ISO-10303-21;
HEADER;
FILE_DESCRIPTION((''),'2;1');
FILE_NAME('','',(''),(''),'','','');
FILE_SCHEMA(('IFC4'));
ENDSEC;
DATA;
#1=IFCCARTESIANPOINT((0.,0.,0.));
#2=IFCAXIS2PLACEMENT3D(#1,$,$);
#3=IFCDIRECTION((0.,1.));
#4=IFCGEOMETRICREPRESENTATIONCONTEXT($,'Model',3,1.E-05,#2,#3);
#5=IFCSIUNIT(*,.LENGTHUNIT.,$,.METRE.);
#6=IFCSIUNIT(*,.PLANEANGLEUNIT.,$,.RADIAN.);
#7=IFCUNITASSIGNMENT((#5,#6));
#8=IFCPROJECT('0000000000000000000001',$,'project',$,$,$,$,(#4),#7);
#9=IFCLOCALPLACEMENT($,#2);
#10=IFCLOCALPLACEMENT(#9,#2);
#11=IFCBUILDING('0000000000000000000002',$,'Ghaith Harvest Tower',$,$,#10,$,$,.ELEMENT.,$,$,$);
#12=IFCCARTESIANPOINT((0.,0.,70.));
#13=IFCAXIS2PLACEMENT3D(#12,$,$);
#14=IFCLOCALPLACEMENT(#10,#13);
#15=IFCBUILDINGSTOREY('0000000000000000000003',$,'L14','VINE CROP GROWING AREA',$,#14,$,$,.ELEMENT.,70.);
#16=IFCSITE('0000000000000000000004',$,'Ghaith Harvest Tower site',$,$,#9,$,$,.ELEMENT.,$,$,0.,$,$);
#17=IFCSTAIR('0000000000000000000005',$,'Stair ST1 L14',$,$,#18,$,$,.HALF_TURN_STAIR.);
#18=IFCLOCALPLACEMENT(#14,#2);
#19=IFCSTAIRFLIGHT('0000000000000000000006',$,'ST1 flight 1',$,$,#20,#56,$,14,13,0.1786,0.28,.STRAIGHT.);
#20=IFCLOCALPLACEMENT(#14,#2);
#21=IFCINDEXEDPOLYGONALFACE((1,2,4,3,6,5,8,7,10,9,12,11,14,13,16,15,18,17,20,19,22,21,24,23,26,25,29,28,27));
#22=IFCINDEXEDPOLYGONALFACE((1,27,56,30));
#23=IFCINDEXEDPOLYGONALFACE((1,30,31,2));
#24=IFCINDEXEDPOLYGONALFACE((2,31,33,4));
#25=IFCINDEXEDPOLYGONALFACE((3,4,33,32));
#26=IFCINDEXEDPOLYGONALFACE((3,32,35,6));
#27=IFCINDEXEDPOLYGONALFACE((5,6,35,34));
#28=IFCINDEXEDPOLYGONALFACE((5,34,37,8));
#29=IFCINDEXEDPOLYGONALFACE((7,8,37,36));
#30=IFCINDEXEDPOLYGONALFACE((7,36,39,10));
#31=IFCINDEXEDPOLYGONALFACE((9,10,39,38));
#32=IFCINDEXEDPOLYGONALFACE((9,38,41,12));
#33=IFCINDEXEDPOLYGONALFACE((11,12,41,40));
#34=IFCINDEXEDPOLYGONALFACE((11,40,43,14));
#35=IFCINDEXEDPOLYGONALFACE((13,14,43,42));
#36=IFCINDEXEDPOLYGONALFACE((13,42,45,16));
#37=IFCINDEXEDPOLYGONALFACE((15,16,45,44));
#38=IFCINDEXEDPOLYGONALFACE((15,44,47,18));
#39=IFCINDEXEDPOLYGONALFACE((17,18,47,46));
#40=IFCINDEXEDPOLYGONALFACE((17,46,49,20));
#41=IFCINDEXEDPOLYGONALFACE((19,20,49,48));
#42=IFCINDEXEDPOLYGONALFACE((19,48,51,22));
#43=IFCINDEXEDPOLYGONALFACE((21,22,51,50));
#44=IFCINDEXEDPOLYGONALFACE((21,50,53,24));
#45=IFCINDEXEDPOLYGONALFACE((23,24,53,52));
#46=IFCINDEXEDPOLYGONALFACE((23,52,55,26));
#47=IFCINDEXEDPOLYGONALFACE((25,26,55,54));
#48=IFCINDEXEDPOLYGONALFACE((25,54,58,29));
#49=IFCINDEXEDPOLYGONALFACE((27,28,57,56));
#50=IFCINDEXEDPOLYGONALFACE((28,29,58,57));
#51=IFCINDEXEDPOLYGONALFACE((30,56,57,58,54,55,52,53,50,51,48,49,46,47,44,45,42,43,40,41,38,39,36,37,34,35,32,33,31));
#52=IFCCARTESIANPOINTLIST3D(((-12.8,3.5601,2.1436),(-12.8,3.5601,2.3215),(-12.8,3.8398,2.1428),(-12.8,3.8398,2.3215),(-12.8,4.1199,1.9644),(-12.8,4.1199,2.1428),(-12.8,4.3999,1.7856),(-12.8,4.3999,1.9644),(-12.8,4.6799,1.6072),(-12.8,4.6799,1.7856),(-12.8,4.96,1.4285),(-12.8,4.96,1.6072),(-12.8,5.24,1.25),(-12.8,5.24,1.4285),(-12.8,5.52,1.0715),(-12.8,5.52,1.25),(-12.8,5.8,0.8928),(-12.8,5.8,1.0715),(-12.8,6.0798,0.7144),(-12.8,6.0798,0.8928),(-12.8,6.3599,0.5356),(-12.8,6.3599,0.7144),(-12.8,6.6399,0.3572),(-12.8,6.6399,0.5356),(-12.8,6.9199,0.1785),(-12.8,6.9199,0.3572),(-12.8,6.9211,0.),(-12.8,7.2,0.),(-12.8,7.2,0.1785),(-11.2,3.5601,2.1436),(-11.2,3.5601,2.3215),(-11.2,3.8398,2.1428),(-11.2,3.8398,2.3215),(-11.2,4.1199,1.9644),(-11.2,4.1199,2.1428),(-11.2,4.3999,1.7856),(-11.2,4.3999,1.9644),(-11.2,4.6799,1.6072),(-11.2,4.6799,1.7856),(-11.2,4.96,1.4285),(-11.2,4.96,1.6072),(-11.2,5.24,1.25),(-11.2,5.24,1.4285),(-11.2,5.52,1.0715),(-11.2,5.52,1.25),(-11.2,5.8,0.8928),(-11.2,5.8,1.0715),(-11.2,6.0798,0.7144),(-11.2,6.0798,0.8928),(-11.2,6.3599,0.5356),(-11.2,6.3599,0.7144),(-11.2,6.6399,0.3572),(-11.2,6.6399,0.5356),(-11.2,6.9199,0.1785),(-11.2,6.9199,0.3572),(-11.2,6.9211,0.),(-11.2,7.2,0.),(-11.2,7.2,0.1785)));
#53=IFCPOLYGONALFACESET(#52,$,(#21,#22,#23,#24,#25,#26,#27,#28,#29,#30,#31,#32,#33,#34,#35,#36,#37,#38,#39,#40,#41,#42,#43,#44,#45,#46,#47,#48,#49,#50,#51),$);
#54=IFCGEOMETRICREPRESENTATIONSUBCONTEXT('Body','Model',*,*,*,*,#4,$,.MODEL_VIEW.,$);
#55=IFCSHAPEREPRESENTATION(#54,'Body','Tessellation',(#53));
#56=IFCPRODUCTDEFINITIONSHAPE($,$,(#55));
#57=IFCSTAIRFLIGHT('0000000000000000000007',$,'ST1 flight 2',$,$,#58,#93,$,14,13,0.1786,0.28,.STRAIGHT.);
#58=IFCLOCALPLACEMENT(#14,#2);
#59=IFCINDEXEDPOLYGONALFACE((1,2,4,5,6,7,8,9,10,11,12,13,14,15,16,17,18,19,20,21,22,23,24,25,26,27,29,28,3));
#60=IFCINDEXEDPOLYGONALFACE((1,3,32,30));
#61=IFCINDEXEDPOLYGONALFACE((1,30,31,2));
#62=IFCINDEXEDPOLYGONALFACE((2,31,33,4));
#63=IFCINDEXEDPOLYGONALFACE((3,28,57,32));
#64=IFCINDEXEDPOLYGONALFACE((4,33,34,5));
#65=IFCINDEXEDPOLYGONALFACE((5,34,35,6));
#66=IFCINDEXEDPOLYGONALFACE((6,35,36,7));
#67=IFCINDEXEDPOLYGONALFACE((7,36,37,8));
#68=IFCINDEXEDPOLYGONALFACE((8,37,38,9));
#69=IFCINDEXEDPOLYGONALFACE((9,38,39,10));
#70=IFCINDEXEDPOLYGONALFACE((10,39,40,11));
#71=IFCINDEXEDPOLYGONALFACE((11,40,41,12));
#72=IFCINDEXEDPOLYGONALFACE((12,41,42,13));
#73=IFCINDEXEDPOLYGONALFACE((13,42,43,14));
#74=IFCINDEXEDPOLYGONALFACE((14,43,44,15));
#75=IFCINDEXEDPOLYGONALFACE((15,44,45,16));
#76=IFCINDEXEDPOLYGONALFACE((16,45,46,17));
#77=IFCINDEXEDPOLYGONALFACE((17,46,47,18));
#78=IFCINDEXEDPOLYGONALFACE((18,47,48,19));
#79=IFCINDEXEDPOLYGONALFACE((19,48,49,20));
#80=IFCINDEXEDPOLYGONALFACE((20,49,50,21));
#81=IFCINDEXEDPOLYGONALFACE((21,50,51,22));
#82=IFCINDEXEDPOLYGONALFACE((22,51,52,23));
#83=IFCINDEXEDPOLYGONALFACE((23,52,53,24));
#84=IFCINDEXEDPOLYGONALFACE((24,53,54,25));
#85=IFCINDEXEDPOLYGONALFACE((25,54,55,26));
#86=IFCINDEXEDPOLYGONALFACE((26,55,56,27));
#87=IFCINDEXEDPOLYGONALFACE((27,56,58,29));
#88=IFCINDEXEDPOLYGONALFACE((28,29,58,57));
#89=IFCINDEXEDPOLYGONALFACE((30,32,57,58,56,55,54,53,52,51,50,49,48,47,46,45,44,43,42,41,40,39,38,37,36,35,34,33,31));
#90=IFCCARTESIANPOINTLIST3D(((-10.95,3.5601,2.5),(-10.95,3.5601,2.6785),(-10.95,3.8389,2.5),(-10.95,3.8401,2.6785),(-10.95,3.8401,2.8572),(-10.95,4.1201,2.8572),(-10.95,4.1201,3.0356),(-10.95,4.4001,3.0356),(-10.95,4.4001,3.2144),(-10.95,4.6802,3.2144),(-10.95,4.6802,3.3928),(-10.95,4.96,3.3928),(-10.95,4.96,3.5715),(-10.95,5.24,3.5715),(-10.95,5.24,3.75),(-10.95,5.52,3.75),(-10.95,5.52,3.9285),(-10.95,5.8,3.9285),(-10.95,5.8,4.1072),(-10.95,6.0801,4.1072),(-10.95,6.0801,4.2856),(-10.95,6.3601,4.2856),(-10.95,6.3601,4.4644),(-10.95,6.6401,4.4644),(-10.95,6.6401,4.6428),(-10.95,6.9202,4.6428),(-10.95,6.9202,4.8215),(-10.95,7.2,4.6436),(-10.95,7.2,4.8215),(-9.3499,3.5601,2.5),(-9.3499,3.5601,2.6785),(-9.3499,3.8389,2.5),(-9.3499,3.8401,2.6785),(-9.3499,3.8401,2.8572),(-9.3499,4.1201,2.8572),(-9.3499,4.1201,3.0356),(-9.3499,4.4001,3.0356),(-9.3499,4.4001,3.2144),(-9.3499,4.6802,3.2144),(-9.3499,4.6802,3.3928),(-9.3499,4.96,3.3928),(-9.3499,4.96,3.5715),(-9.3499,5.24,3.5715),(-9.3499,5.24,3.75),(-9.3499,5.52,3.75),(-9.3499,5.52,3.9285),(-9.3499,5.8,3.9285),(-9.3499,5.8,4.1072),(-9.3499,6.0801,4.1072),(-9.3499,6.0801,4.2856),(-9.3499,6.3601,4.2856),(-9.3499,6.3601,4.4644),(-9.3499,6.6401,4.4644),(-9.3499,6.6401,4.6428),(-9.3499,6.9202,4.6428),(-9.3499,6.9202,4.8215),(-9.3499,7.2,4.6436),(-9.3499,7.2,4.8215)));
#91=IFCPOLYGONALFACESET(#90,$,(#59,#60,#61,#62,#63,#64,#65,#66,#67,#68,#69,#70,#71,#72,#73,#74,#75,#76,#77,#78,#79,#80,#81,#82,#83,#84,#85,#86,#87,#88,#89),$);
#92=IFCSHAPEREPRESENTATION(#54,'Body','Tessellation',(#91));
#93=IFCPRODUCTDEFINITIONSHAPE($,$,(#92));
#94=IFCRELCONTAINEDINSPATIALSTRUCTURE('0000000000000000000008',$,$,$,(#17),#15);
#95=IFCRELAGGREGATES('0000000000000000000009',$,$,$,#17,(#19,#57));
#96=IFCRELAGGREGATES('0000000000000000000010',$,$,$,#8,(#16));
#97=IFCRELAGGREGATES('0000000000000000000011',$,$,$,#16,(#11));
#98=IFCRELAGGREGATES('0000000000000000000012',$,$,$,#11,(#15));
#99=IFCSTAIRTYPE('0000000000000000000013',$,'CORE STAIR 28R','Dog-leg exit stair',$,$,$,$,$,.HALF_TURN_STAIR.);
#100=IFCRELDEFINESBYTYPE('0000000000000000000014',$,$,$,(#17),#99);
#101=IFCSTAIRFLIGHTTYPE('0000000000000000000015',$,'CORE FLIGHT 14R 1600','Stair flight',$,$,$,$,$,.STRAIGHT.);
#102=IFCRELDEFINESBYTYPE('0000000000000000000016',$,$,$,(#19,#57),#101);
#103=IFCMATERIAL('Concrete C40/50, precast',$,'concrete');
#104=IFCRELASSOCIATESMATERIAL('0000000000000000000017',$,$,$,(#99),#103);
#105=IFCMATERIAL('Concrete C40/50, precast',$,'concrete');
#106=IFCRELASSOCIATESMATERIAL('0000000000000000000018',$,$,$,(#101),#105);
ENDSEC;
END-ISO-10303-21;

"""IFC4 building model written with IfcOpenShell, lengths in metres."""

from ifc_helpers import new_model, si_unit, direction, frame, origin, place, context, subcontext, project, spatial, polyline, outline, extrude, material, type_object, element, aggregate, save


model = new_model("IFC4")

# Units and contexts
model_context = context("Model", 3, precision=1e-05, world=origin(), true_north=direction((0.0, 1.0)))
body_context = subcontext(model_context, "Body", "Model", "MODEL_VIEW")
ifc_project = project(units=[si_unit("LENGTHUNIT", "METRE"), si_unit("PLANEANGLEUNIT", "RADIAN")], contexts=[model_context])

# Site, building, storey
site_placement = place(None, origin())
site = spatial("IfcSite", under=ifc_project, at=site_placement, Name="Ghaith Harvest Tower site", CompositionType="ELEMENT", RefElevation=0.0)
building_placement = place(site_placement, origin())
building = spatial("IfcBuilding", under=site, at=building_placement, Name="Ghaith Harvest Tower", CompositionType="ELEMENT")
storey_placement = place(building_placement, frame((0.0, 0.0, 70.0)))
storey = spatial("IfcBuildingStorey", under=building, at=storey_placement, Name="L14", Description="VINE CROP GROWING AREA", CompositionType="ELEMENT", Elevation=70.0)

# Stair, stair flights
ifc_material_1 = material(Name="Concrete C40/50, precast", Category="concrete")
stair_type = type_object("IfcStairType", Name="CORE STAIR 28R", Description="Dog-leg exit stair", PredefinedType="HALF_TURN_STAIR", material=ifc_material_1)
stair_placement = place(storey_placement, origin())
stair = element("IfcStair", 1, at=stair_placement, inside=storey, type_object=stair_type, Name="Stair ST1 L14", PredefinedType="HALF_TURN_STAIR")
ifc_material_2 = material(Name="Concrete C40/50, precast", Category="concrete")
stair_flight_type = type_object("IfcStairFlightType", Name="CORE FLIGHT 14R 1600", Description="Stair flight", PredefinedType="STRAIGHT", material=ifc_material_2)
stair_flight_1_placement = place(storey_placement, frame((-12.0, 7.2, 0.0), z_axis=(0.0, 0.0, 1.0), x_axis=(0.0, -1.0, 0.0)))
stair_flight_1 = element("IfcStairFlight", 2, at=stair_flight_1_placement, type_object=stair_flight_type, Name="ST1 flight 1", NumberOfRisers=14, NumberOfTreads=13, PredefinedType="STRAIGHT", RiserHeight=0.1786, TreadLength=0.28, context=body_context, shape_type="SweptSolid", body=[
    extrude(outline(polyline([(0.0, 0.0), (0.0, 0.1785), (0.28, 0.1785), (0.28, 0.3572), (0.5601, 0.3572), (0.5601, 0.5356), (0.8401, 0.5356), (0.8401, 0.7144), (1.1201, 0.7144), (1.1201, 0.8928), (1.3999, 0.8928), (1.3999, 1.0715), (1.6799, 1.0715), (1.6799, 1.25), (1.96, 1.25), (1.96, 1.4285), (2.24, 1.4285), (2.24, 1.6072), (2.52, 1.6072), (2.52, 1.7856), (2.8, 1.7856), (2.8, 1.9644), (3.0801, 1.9644), (3.0801, 2.1428), (3.3601, 2.1428), (3.3601, 2.3215), (3.6399, 2.3215), (3.6399, 2.5), (3.6399, 2.1436), (0.2788, 0.0), (0.0, 0.0)])), frame((0.0, 0.8, 0.0), z_axis=(0.0, -1.0, 0.0), x_axis=(1.0, 0.0, 0.0)), (0.0, 0.0, 1.0), 1.6001),
])
stair_flight_2_placement = place(storey_placement, frame((-10.1499, 3.5601, 2.5), z_axis=(0.0, 0.0, 1.0), x_axis=(0.0, 1.0, 0.0)))
stair_flight_2 = element("IfcStairFlight", 3, at=stair_flight_2_placement, type_object=stair_flight_type, Name="ST1 flight 2", NumberOfRisers=14, NumberOfTreads=13, PredefinedType="STRAIGHT", RiserHeight=0.1786, TreadLength=0.28, context=body_context, shape_type="SweptSolid", body=[
    extrude(outline(polyline([(0.0, 0.0), (0.0, 0.1785), (0.28, 0.1785), (0.28, 0.3572), (0.5601, 0.3572), (0.5601, 0.5356), (0.8401, 0.5356), (0.8401, 0.7144), (1.1201, 0.7144), (1.1201, 0.8928), (1.3999, 0.8928), (1.3999, 1.0715), (1.6799, 1.0715), (1.6799, 1.25), (1.96, 1.25), (1.96, 1.4285), (2.24, 1.4285), (2.24, 1.6072), (2.52, 1.6072), (2.52, 1.7856), (2.8, 1.7856), (2.8, 1.9644), (3.0801, 1.9644), (3.0801, 2.1428), (3.3601, 2.1428), (3.3601, 2.3215), (3.6399, 2.3215), (3.6399, 2.5), (3.6399, 2.1436), (0.2788, 0.0), (0.0, 0.0)])), frame((0.0, 0.8, 0.0), z_axis=(0.0, -1.0, 0.0), x_axis=(1.0, 0.0, 0.0)), (0.0, 0.0, 1.0), 1.6001),
])
aggregate(stair, [stair_flight_1, stair_flight_2])

save(model, "model.ifc")
